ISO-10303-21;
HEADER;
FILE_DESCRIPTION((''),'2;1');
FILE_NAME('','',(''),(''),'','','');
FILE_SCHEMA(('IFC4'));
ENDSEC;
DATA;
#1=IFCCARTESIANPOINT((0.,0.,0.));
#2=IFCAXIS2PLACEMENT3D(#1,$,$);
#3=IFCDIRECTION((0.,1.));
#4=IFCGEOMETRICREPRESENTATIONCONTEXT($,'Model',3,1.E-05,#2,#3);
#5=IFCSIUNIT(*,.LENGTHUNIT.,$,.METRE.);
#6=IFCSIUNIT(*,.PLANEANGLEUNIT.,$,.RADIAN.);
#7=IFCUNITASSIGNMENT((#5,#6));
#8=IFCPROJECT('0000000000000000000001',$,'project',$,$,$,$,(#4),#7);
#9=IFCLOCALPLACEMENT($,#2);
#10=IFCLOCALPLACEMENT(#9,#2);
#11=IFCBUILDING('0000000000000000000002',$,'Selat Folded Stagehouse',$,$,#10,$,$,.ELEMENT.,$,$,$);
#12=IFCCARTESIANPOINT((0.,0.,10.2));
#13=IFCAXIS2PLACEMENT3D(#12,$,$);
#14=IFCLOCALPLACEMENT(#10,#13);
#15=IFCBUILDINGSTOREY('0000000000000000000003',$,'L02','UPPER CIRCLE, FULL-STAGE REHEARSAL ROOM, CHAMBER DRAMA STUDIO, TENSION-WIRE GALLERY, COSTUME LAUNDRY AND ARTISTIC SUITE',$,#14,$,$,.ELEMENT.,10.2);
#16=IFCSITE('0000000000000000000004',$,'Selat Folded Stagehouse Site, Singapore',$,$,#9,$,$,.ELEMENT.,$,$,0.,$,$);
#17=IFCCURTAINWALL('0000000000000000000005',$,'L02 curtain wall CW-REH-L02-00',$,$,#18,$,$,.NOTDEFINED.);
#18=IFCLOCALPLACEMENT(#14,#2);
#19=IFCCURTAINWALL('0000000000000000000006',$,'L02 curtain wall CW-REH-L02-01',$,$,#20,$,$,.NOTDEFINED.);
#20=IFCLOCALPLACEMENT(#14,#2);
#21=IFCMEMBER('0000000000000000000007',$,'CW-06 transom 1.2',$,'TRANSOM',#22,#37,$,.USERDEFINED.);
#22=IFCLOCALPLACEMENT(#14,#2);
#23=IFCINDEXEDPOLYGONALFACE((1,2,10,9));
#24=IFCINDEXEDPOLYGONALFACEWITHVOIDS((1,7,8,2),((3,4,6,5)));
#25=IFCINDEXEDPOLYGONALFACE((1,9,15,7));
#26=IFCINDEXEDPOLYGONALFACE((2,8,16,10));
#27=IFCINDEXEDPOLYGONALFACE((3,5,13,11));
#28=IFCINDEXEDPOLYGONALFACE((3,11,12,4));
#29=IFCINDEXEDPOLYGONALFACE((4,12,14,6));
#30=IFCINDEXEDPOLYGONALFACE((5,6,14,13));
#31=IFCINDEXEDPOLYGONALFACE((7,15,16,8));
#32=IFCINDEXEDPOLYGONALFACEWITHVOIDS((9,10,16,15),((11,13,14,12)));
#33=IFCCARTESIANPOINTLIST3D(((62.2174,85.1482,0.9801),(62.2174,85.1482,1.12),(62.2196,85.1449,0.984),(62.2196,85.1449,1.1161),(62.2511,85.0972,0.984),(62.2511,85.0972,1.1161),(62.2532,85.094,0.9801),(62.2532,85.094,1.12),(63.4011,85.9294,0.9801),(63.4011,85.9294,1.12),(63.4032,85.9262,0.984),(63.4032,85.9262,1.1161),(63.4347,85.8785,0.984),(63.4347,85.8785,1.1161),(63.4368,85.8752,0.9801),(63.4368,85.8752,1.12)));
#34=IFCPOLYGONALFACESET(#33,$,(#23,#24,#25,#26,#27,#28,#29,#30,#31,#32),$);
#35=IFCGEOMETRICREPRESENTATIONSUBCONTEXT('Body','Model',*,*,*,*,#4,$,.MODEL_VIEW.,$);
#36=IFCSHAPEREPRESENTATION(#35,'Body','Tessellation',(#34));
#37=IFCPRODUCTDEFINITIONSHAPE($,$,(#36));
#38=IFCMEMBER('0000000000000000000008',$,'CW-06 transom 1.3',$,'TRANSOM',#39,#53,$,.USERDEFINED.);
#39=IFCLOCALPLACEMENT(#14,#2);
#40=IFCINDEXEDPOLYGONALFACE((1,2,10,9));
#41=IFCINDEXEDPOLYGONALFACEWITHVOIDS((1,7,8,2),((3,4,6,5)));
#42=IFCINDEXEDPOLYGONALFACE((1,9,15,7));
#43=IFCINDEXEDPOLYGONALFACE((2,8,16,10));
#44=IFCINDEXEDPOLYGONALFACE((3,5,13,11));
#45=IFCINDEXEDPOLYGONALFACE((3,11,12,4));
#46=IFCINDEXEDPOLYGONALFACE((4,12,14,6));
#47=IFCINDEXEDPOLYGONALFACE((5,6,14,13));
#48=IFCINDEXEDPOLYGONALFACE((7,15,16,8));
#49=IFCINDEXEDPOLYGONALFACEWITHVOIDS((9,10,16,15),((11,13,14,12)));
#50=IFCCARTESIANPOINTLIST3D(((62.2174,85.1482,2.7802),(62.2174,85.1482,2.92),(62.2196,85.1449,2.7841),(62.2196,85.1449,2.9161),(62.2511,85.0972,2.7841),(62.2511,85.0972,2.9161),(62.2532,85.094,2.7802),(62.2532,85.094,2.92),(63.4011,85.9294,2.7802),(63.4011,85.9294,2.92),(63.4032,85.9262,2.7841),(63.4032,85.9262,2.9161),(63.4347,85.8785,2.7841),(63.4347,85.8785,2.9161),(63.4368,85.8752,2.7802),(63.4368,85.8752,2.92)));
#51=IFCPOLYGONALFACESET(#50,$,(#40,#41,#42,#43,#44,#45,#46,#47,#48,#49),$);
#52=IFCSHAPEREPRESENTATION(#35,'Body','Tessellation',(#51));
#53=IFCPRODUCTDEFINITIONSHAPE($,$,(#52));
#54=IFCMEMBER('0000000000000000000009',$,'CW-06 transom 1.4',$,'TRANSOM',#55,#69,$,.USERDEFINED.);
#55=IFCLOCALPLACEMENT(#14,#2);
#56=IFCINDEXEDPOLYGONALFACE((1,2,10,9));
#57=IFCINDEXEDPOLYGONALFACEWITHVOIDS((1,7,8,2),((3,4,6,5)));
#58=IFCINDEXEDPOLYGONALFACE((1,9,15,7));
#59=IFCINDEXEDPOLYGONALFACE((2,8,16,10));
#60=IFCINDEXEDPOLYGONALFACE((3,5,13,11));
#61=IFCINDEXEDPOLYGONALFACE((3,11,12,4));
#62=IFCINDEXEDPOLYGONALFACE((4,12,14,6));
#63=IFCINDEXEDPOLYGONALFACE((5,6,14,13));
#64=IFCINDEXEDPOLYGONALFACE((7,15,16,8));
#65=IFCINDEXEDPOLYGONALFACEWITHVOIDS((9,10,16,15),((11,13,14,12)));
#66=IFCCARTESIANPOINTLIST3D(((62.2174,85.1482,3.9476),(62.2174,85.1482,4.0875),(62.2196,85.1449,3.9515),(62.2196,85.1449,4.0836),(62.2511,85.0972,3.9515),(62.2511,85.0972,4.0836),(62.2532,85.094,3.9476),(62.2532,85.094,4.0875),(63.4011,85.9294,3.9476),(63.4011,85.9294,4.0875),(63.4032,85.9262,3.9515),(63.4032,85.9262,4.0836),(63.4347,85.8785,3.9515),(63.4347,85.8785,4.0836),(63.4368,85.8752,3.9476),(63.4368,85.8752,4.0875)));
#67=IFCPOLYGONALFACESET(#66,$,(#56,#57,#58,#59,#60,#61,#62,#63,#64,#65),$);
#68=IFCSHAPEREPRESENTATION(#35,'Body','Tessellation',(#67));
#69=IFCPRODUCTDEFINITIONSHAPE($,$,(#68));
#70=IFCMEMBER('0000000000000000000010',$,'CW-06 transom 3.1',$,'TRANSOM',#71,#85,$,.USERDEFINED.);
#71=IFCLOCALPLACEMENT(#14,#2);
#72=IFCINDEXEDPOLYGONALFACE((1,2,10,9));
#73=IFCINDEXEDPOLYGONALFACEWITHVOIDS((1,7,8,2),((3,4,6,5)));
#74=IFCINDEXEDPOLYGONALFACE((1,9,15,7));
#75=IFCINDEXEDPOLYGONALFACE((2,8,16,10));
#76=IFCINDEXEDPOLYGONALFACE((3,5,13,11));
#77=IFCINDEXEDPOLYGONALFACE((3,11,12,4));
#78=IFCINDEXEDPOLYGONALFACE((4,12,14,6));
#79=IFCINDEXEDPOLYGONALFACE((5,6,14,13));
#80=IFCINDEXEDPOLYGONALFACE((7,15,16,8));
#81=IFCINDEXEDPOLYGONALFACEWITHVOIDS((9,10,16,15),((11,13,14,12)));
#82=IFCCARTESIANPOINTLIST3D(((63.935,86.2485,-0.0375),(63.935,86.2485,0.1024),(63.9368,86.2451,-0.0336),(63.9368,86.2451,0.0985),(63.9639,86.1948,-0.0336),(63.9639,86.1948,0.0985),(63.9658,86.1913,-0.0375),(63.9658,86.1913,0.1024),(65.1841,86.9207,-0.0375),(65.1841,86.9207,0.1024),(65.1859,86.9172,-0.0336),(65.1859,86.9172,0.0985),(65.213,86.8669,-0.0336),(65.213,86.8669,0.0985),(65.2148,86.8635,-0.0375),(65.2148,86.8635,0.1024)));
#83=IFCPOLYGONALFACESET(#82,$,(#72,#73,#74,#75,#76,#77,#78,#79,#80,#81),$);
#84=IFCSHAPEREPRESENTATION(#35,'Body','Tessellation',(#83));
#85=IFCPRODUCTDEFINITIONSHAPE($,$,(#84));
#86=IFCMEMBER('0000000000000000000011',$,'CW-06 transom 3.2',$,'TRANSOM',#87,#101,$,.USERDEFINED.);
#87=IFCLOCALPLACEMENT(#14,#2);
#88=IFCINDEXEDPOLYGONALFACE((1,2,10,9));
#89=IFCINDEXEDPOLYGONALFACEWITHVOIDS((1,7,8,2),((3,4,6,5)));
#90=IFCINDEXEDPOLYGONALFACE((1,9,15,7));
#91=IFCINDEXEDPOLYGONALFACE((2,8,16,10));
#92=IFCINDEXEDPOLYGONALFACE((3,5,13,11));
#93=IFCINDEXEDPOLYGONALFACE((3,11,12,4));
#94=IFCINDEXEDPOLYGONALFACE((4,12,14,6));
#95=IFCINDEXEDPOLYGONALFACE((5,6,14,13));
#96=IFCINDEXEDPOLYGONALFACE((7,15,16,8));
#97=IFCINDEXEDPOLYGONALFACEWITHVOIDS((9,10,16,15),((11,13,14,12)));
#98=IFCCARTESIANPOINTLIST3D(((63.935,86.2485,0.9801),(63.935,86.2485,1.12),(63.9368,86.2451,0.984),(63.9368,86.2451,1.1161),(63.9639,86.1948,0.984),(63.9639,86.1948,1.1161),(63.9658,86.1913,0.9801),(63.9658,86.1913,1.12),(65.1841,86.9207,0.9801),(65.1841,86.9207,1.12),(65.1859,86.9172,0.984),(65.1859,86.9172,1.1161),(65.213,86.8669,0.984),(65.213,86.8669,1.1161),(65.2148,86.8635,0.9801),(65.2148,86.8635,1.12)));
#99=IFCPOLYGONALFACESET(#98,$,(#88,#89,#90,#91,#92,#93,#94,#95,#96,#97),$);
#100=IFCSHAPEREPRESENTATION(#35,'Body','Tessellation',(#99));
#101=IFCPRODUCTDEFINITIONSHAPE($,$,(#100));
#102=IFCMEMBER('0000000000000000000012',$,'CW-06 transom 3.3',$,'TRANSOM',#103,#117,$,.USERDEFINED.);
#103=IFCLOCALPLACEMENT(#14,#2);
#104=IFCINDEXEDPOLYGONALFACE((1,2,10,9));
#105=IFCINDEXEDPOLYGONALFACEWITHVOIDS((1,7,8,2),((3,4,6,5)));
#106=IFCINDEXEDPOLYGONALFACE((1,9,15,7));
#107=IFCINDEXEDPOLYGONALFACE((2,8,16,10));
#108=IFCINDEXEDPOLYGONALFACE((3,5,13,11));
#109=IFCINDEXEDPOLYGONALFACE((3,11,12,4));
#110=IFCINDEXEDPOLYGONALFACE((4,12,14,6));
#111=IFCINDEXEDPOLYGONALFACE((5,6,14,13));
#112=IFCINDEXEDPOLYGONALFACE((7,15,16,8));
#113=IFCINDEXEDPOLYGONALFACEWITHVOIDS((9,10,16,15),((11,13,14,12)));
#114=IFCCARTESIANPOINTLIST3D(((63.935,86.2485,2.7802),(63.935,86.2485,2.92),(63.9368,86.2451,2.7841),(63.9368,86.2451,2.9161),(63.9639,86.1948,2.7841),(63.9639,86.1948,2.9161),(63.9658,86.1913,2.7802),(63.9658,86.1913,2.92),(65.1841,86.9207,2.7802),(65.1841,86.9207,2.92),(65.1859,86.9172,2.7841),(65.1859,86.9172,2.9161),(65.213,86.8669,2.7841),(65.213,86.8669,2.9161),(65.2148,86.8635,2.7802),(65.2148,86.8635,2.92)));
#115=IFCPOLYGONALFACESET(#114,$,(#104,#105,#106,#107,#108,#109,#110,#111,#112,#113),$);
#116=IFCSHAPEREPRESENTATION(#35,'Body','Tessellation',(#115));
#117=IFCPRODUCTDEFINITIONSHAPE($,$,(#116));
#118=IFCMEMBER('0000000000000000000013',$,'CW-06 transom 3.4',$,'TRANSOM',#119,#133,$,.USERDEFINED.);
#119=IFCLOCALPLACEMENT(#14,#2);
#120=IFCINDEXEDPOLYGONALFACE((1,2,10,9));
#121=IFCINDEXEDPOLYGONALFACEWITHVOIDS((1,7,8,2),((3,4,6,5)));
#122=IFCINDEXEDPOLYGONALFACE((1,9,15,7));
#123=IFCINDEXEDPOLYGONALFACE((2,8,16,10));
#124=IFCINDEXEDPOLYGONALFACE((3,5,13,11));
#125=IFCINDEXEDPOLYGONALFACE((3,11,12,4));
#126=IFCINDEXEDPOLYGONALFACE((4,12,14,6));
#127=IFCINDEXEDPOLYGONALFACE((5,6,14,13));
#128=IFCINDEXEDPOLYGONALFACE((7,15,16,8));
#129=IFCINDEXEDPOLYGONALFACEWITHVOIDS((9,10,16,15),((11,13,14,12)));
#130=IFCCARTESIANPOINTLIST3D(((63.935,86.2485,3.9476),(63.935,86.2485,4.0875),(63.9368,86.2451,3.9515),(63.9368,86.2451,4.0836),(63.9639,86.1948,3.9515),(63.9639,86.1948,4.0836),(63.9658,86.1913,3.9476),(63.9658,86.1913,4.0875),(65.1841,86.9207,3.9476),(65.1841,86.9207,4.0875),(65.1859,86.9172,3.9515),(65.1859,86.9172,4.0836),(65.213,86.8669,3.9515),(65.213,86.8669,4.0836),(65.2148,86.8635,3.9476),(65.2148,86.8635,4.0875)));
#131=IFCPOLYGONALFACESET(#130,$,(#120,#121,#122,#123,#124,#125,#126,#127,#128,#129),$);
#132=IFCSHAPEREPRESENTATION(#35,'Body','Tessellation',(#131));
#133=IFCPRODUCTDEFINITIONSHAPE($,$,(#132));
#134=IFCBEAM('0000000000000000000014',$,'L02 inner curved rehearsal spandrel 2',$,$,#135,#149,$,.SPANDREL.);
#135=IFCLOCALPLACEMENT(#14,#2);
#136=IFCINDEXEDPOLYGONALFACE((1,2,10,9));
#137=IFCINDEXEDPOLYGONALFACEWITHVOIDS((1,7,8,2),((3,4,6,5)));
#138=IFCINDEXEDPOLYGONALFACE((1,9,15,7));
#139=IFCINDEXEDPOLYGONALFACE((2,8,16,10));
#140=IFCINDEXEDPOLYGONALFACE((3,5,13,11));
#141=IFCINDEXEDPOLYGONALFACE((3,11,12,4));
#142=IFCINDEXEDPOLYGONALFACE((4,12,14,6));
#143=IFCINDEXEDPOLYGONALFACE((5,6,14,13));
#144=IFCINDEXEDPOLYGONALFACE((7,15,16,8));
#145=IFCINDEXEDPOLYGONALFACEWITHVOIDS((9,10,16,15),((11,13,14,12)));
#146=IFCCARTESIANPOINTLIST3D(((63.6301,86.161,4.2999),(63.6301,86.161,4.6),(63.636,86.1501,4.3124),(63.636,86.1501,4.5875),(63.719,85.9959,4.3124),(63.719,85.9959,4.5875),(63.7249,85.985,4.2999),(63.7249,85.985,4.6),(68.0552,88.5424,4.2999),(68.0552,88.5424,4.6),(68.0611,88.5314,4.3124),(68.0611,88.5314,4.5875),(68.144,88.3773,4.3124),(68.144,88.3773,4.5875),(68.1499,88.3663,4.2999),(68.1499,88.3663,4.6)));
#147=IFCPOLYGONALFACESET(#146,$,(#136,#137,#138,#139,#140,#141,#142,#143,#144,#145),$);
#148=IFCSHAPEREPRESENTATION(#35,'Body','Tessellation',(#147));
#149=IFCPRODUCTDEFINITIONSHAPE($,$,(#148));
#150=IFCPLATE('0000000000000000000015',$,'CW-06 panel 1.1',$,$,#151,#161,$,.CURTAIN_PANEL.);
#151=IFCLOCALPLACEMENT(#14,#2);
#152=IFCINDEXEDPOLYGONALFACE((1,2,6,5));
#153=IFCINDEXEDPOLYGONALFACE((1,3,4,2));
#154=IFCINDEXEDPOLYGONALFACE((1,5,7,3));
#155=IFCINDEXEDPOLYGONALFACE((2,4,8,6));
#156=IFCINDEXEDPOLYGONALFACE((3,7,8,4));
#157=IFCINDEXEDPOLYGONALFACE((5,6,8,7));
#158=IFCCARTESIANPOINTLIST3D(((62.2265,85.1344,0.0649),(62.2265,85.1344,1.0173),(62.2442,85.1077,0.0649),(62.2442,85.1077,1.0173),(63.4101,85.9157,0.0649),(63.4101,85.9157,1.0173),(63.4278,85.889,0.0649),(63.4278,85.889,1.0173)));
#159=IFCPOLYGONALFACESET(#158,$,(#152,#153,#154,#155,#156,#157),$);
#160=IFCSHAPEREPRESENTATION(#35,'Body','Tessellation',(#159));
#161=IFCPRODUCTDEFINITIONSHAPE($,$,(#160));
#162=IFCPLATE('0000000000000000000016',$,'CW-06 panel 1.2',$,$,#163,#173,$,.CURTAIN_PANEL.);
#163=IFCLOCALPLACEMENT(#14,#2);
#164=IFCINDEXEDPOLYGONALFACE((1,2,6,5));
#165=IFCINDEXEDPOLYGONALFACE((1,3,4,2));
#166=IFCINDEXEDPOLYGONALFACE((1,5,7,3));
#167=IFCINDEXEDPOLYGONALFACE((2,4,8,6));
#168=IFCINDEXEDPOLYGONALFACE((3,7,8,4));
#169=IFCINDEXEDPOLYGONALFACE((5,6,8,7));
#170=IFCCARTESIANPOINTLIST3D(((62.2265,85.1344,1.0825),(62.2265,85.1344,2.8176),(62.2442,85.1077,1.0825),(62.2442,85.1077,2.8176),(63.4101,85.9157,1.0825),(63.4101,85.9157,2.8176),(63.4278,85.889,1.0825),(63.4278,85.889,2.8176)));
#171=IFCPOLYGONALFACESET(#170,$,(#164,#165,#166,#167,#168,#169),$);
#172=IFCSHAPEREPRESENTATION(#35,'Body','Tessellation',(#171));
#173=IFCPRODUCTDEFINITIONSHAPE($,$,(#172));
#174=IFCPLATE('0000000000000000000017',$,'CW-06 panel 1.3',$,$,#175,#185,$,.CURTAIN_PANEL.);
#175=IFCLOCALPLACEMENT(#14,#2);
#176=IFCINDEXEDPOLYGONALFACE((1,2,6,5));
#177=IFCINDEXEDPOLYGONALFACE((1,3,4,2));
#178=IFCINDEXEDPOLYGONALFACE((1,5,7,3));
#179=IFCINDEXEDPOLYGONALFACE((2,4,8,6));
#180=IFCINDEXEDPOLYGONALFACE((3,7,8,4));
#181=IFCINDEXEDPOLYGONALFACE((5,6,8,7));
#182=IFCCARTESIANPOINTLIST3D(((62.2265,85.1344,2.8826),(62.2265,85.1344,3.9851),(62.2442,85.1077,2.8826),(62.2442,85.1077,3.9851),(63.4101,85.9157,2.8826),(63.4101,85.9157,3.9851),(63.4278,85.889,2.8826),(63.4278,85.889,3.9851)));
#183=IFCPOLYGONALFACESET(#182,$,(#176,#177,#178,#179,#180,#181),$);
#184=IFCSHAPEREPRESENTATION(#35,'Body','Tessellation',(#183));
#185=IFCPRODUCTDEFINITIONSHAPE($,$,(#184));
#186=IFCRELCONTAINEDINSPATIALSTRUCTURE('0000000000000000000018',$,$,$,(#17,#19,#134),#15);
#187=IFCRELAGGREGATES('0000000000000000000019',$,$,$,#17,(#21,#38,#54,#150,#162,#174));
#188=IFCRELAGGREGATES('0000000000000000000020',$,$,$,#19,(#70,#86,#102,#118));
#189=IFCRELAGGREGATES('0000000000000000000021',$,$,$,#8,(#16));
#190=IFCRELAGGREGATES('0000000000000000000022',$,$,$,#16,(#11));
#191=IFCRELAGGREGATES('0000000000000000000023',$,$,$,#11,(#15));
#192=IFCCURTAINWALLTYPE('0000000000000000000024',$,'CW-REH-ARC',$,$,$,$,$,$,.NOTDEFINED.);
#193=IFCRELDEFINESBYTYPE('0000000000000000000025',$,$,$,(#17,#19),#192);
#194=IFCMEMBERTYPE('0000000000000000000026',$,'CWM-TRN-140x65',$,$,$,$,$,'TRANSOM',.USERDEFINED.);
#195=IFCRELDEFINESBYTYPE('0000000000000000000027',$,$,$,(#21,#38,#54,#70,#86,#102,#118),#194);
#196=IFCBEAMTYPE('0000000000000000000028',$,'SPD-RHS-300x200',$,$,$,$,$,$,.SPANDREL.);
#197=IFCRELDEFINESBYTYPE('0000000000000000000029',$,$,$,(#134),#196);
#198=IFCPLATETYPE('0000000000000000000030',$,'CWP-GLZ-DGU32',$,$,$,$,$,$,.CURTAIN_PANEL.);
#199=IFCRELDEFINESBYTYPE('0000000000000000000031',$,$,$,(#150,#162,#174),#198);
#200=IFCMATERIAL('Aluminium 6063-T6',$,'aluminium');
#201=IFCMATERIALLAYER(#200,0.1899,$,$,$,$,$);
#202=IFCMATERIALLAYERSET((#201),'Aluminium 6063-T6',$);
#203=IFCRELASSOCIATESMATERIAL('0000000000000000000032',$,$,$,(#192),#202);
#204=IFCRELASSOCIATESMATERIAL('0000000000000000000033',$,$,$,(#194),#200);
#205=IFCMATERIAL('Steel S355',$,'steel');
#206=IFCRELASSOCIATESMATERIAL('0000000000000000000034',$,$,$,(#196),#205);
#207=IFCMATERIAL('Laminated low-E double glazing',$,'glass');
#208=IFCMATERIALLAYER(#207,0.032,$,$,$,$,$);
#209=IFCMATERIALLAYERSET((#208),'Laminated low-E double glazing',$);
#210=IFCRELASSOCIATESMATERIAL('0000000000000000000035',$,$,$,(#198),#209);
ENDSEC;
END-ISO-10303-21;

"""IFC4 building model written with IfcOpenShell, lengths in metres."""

from ifc_helpers import new_model, si_unit, direction, frame, origin, origin_2d, place, context, subcontext, project, spatial, rectangle, hollow_rectangle, extrude, material, layer, layer_set, material_profile, profile_set, type_object, element, aggregate, save


model = new_model("IFC4")

# Units and contexts
model_context = context("Model", 3, precision=1e-05, world=origin(), true_north=direction((0.0, 1.0)))
body_context = subcontext(model_context, "Body", "Model", "MODEL_VIEW")
ifc_project = project(units=[si_unit("LENGTHUNIT", "METRE"), si_unit("PLANEANGLEUNIT", "RADIAN")], contexts=[model_context])

# Site, building, storey
site_placement = place(None, origin())
site = spatial("IfcSite", under=ifc_project, at=site_placement, Name="Selat Folded Stagehouse Site, Singapore", CompositionType="ELEMENT", RefElevation=0.0)
building_placement = place(site_placement, origin())
building = spatial("IfcBuilding", under=site, at=building_placement, Name="Selat Folded Stagehouse", CompositionType="ELEMENT")
storey_placement = place(building_placement, frame((0.0, 0.0, 10.2)))
storey = spatial("IfcBuildingStorey", under=building, at=storey_placement, Name="L02", Description="UPPER CIRCLE, FULL-STAGE REHEARSAL ROOM, CHAMBER DRAMA STUDIO, TENSION-WIRE GALLERY, COSTUME LAUNDRY AND ARTISTIC SUITE", CompositionType="ELEMENT", Elevation=10.2)

# Shared definitions
ifc_material_1 = material(Name="Steel S355", Category="steel")

# Curtain walls
ifc_material_2 = material(Name="Aluminium 6063-T6", Category="aluminium")
ifc_layer_1 = layer(ifc_material_2, 0.1899)
ifc_layer_set_1 = layer_set([ifc_layer_1], Name="Aluminium 6063-T6")
curtain_wall_type = type_object("IfcCurtainWallType", Name="CW-REH-ARC", PredefinedType="NOTDEFINED", material=ifc_layer_set_1)
curtain_wall_1_placement = place(storey_placement, origin())
curtain_wall_1 = element("IfcCurtainWall", 1, at=curtain_wall_1_placement, inside=storey, type_object=curtain_wall_type, Name="L02 curtain wall CW-REH-L02-00", PredefinedType="NOTDEFINED")
curtain_wall_2_placement = place(storey_placement, origin())
curtain_wall_2 = element("IfcCurtainWall", 2, at=curtain_wall_2_placement, inside=storey, type_object=curtain_wall_type, Name="L02 curtain wall CW-REH-L02-01", PredefinedType="NOTDEFINED")

# Members
ifc_material_profile_1 = material_profile(ifc_material_2, hollow_rectangle(XDim=0.0649, YDim=0.1399, WallThickness=0.0039, at=origin_2d()), Name="ALU 140x65x4.0")
ifc_profile_set_1 = profile_set([ifc_material_profile_1], Name="Aluminium 6063-T6")
member_type_1 = type_object("IfcMemberType", Name="CWM-TRN-140x65", ElementType="TRANSOM", PredefinedType="USERDEFINED", material=ifc_profile_set_1)
member_1_placement = place(storey_placement, frame((63.4189, 85.9023, 1.05), z_axis=(-0.834584, -0.550881, 0.0), x_axis=(0.550881, -0.834584, 0.0)))
member_1 = element("IfcMember", 3, at=member_1_placement, type_object=member_type_1, Name="CW-06 transom 1.2", ObjectType="TRANSOM", PredefinedType="USERDEFINED", context=body_context, shape_type="SweptSolid", body=[
    extrude(hollow_rectangle(XDim=0.0649, YDim=0.1399, WallThickness=0.0039, at=origin_2d()), origin(), (0.0, 0.0, 1.0), 1.4182),
])
member_2_placement = place(storey_placement, frame((63.4189, 85.9023, 2.8501), z_axis=(-0.834584, -0.550881, 0.0), x_axis=(0.550881, -0.834584, 0.0)))
member_2 = element("IfcMember", 4, at=member_2_placement, type_object=member_type_1, Name="CW-06 transom 1.3", ObjectType="TRANSOM", PredefinedType="USERDEFINED", context=body_context, shape_type="SweptSolid", body=[
    extrude(hollow_rectangle(XDim=0.0649, YDim=0.1399, WallThickness=0.0039, at=origin_2d()), origin(), (0.0, 0.0, 1.0), 1.4182),
])
member_3_placement = place(storey_placement, frame((63.4189, 85.9023, 4.0176), z_axis=(-0.834584, -0.550881, 0.0), x_axis=(0.550881, -0.834584, 0.0)))
member_3 = element("IfcMember", 5, at=member_3_placement, type_object=member_type_1, Name="CW-06 transom 1.4", ObjectType="TRANSOM", PredefinedType="USERDEFINED", context=body_context, shape_type="SweptSolid", body=[
    extrude(hollow_rectangle(XDim=0.0649, YDim=0.1399, WallThickness=0.0039, at=origin_2d()), origin(), (0.0, 0.0, 1.0), 1.4182),
])
member_4_placement = place(storey_placement, frame((65.1995, 86.8921, 0.0325), z_axis=(-0.880598, -0.473864, 0.0), x_axis=(0.473864, -0.880598, 0.0)))
member_4 = element("IfcMember", 6, at=member_4_placement, type_object=member_type_1, Name="CW-06 transom 3.1", ObjectType="TRANSOM", PredefinedType="USERDEFINED", context=body_context, shape_type="SweptSolid", body=[
    extrude(hollow_rectangle(XDim=0.0649, YDim=0.1399, WallThickness=0.0039, at=origin_2d()), origin(), (0.0, 0.0, 1.0), 1.4185),
])
member_5_placement = place(storey_placement, frame((65.1995, 86.8921, 1.05), z_axis=(-0.880598, -0.473864, 0.0), x_axis=(0.473864, -0.880598, 0.0)))
member_5 = element("IfcMember", 7, at=member_5_placement, type_object=member_type_1, Name="CW-06 transom 3.2", ObjectType="TRANSOM", PredefinedType="USERDEFINED", context=body_context, shape_type="SweptSolid", body=[
    extrude(hollow_rectangle(XDim=0.0649, YDim=0.1399, WallThickness=0.0039, at=origin_2d()), origin(), (0.0, 0.0, 1.0), 1.4185),
])
member_6_placement = place(storey_placement, frame((65.1995, 86.8921, 2.8501), z_axis=(-0.880598, -0.473864, 0.0), x_axis=(0.473864, -0.880598, 0.0)))
member_6 = element("IfcMember", 8, at=member_6_placement, type_object=member_type_1, Name="CW-06 transom 3.3", ObjectType="TRANSOM", PredefinedType="USERDEFINED", context=body_context, shape_type="SweptSolid", body=[
    extrude(hollow_rectangle(XDim=0.0649, YDim=0.1399, WallThickness=0.0039, at=origin_2d()), origin(), (0.0, 0.0, 1.0), 1.4185),
])
member_7_placement = place(storey_placement, frame((65.1995, 86.8921, 4.0176), z_axis=(-0.880598, -0.473864, 0.0), x_axis=(0.473864, -0.880598, 0.0)))
member_7 = element("IfcMember", 9, at=member_7_placement, type_object=member_type_1, Name="CW-06 transom 3.4", ObjectType="TRANSOM", PredefinedType="USERDEFINED", context=body_context, shape_type="SweptSolid", body=[
    extrude(hollow_rectangle(XDim=0.0649, YDim=0.1399, WallThickness=0.0039, at=origin_2d()), origin(), (0.0, 0.0, 1.0), 1.4185),
])

# Beam
ifc_material_profile_2 = material_profile(ifc_material_1, hollow_rectangle(XDim=0.2, YDim=0.3, WallThickness=0.0125, at=origin_2d()), Name="RHS 300x200x12.5")
ifc_profile_set_2 = profile_set([ifc_material_profile_2], Name="Steel S355")
beam_type_1 = type_object("IfcBeamType", Name="SPD-RHS-300x200", PredefinedType="SPANDREL", material=ifc_profile_set_2)
beam_1_placement = place(storey_placement, frame((63.6775, 86.073, 4.45), z_axis=(0.880585, 0.473888, 0.0), x_axis=(-0.473888, 0.880585, 0.0)))
element("IfcBeam", 10, at=beam_1_placement, inside=storey, type_object=beam_type_1, Name="L02 inner curved rehearsal spandrel 2", PredefinedType="SPANDREL", context=body_context, shape_type="SweptSolid", body=[
    extrude(hollow_rectangle(XDim=0.2, YDim=0.3, WallThickness=0.0125, at=origin_2d()), origin(), (0.0, 0.0, 1.0), 5.0251),
])

# Plates
ifc_material_3 = material(Name="Laminated low-E double glazing", Category="glass")
ifc_layer_2 = layer(ifc_material_3, 0.032)
ifc_layer_set_2 = layer_set([ifc_layer_2], Name="Laminated low-E double glazing")
plate_type_1 = type_object("IfcPlateType", Name="CWP-GLZ-DGU32", PredefinedType="CURTAIN_PANEL", material=ifc_layer_set_2)
plate_1_placement = place(storey_placement, frame((62.8271, 85.5117, 0.0649), z_axis=(0.0, 0.0, 1.0), x_axis=(-0.834581, -0.550885, 0.0)))
plate_1 = element("IfcPlate", 11, at=plate_1_placement, type_object=plate_type_1, Name="CW-06 panel 1.1", PredefinedType="CURTAIN_PANEL", context=body_context, shape_type="SweptSolid", body=[
    extrude(rectangle(XDim=1.4182, YDim=0.032, at=origin_2d()), origin(), (0.0, 0.0, 1.0), 0.9524),
])
plate_2_placement = place(storey_placement, frame((62.8271, 85.5117, 1.0825), z_axis=(0.0, 0.0, 1.0), x_axis=(-0.834581, -0.550885, 0.0)))
plate_2 = element("IfcPlate", 12, at=plate_2_placement, type_object=plate_type_1, Name="CW-06 panel 1.2", PredefinedType="CURTAIN_PANEL", context=body_context, shape_type="SweptSolid", body=[
    extrude(rectangle(XDim=1.4182, YDim=0.032, at=origin_2d()), origin(), (0.0, 0.0, 1.0), 1.7351),
])
plate_3_placement = place(storey_placement, frame((62.8271, 85.5117, 2.8826), z_axis=(0.0, 0.0, 1.0), x_axis=(-0.834581, -0.550885, 0.0)))
plate_3 = element("IfcPlate", 13, at=plate_3_placement, type_object=plate_type_1, Name="CW-06 panel 1.3", PredefinedType="CURTAIN_PANEL", context=body_context, shape_type="SweptSolid", body=[
    extrude(rectangle(XDim=1.4182, YDim=0.032, at=origin_2d()), origin(), (0.0, 0.0, 1.0), 1.1025),
])
aggregate(curtain_wall_1, [member_1, member_2, member_3, plate_1, plate_2, plate_3])
aggregate(curtain_wall_2, [member_4, member_5, member_6, member_7])

save(model, "model.ifc")
